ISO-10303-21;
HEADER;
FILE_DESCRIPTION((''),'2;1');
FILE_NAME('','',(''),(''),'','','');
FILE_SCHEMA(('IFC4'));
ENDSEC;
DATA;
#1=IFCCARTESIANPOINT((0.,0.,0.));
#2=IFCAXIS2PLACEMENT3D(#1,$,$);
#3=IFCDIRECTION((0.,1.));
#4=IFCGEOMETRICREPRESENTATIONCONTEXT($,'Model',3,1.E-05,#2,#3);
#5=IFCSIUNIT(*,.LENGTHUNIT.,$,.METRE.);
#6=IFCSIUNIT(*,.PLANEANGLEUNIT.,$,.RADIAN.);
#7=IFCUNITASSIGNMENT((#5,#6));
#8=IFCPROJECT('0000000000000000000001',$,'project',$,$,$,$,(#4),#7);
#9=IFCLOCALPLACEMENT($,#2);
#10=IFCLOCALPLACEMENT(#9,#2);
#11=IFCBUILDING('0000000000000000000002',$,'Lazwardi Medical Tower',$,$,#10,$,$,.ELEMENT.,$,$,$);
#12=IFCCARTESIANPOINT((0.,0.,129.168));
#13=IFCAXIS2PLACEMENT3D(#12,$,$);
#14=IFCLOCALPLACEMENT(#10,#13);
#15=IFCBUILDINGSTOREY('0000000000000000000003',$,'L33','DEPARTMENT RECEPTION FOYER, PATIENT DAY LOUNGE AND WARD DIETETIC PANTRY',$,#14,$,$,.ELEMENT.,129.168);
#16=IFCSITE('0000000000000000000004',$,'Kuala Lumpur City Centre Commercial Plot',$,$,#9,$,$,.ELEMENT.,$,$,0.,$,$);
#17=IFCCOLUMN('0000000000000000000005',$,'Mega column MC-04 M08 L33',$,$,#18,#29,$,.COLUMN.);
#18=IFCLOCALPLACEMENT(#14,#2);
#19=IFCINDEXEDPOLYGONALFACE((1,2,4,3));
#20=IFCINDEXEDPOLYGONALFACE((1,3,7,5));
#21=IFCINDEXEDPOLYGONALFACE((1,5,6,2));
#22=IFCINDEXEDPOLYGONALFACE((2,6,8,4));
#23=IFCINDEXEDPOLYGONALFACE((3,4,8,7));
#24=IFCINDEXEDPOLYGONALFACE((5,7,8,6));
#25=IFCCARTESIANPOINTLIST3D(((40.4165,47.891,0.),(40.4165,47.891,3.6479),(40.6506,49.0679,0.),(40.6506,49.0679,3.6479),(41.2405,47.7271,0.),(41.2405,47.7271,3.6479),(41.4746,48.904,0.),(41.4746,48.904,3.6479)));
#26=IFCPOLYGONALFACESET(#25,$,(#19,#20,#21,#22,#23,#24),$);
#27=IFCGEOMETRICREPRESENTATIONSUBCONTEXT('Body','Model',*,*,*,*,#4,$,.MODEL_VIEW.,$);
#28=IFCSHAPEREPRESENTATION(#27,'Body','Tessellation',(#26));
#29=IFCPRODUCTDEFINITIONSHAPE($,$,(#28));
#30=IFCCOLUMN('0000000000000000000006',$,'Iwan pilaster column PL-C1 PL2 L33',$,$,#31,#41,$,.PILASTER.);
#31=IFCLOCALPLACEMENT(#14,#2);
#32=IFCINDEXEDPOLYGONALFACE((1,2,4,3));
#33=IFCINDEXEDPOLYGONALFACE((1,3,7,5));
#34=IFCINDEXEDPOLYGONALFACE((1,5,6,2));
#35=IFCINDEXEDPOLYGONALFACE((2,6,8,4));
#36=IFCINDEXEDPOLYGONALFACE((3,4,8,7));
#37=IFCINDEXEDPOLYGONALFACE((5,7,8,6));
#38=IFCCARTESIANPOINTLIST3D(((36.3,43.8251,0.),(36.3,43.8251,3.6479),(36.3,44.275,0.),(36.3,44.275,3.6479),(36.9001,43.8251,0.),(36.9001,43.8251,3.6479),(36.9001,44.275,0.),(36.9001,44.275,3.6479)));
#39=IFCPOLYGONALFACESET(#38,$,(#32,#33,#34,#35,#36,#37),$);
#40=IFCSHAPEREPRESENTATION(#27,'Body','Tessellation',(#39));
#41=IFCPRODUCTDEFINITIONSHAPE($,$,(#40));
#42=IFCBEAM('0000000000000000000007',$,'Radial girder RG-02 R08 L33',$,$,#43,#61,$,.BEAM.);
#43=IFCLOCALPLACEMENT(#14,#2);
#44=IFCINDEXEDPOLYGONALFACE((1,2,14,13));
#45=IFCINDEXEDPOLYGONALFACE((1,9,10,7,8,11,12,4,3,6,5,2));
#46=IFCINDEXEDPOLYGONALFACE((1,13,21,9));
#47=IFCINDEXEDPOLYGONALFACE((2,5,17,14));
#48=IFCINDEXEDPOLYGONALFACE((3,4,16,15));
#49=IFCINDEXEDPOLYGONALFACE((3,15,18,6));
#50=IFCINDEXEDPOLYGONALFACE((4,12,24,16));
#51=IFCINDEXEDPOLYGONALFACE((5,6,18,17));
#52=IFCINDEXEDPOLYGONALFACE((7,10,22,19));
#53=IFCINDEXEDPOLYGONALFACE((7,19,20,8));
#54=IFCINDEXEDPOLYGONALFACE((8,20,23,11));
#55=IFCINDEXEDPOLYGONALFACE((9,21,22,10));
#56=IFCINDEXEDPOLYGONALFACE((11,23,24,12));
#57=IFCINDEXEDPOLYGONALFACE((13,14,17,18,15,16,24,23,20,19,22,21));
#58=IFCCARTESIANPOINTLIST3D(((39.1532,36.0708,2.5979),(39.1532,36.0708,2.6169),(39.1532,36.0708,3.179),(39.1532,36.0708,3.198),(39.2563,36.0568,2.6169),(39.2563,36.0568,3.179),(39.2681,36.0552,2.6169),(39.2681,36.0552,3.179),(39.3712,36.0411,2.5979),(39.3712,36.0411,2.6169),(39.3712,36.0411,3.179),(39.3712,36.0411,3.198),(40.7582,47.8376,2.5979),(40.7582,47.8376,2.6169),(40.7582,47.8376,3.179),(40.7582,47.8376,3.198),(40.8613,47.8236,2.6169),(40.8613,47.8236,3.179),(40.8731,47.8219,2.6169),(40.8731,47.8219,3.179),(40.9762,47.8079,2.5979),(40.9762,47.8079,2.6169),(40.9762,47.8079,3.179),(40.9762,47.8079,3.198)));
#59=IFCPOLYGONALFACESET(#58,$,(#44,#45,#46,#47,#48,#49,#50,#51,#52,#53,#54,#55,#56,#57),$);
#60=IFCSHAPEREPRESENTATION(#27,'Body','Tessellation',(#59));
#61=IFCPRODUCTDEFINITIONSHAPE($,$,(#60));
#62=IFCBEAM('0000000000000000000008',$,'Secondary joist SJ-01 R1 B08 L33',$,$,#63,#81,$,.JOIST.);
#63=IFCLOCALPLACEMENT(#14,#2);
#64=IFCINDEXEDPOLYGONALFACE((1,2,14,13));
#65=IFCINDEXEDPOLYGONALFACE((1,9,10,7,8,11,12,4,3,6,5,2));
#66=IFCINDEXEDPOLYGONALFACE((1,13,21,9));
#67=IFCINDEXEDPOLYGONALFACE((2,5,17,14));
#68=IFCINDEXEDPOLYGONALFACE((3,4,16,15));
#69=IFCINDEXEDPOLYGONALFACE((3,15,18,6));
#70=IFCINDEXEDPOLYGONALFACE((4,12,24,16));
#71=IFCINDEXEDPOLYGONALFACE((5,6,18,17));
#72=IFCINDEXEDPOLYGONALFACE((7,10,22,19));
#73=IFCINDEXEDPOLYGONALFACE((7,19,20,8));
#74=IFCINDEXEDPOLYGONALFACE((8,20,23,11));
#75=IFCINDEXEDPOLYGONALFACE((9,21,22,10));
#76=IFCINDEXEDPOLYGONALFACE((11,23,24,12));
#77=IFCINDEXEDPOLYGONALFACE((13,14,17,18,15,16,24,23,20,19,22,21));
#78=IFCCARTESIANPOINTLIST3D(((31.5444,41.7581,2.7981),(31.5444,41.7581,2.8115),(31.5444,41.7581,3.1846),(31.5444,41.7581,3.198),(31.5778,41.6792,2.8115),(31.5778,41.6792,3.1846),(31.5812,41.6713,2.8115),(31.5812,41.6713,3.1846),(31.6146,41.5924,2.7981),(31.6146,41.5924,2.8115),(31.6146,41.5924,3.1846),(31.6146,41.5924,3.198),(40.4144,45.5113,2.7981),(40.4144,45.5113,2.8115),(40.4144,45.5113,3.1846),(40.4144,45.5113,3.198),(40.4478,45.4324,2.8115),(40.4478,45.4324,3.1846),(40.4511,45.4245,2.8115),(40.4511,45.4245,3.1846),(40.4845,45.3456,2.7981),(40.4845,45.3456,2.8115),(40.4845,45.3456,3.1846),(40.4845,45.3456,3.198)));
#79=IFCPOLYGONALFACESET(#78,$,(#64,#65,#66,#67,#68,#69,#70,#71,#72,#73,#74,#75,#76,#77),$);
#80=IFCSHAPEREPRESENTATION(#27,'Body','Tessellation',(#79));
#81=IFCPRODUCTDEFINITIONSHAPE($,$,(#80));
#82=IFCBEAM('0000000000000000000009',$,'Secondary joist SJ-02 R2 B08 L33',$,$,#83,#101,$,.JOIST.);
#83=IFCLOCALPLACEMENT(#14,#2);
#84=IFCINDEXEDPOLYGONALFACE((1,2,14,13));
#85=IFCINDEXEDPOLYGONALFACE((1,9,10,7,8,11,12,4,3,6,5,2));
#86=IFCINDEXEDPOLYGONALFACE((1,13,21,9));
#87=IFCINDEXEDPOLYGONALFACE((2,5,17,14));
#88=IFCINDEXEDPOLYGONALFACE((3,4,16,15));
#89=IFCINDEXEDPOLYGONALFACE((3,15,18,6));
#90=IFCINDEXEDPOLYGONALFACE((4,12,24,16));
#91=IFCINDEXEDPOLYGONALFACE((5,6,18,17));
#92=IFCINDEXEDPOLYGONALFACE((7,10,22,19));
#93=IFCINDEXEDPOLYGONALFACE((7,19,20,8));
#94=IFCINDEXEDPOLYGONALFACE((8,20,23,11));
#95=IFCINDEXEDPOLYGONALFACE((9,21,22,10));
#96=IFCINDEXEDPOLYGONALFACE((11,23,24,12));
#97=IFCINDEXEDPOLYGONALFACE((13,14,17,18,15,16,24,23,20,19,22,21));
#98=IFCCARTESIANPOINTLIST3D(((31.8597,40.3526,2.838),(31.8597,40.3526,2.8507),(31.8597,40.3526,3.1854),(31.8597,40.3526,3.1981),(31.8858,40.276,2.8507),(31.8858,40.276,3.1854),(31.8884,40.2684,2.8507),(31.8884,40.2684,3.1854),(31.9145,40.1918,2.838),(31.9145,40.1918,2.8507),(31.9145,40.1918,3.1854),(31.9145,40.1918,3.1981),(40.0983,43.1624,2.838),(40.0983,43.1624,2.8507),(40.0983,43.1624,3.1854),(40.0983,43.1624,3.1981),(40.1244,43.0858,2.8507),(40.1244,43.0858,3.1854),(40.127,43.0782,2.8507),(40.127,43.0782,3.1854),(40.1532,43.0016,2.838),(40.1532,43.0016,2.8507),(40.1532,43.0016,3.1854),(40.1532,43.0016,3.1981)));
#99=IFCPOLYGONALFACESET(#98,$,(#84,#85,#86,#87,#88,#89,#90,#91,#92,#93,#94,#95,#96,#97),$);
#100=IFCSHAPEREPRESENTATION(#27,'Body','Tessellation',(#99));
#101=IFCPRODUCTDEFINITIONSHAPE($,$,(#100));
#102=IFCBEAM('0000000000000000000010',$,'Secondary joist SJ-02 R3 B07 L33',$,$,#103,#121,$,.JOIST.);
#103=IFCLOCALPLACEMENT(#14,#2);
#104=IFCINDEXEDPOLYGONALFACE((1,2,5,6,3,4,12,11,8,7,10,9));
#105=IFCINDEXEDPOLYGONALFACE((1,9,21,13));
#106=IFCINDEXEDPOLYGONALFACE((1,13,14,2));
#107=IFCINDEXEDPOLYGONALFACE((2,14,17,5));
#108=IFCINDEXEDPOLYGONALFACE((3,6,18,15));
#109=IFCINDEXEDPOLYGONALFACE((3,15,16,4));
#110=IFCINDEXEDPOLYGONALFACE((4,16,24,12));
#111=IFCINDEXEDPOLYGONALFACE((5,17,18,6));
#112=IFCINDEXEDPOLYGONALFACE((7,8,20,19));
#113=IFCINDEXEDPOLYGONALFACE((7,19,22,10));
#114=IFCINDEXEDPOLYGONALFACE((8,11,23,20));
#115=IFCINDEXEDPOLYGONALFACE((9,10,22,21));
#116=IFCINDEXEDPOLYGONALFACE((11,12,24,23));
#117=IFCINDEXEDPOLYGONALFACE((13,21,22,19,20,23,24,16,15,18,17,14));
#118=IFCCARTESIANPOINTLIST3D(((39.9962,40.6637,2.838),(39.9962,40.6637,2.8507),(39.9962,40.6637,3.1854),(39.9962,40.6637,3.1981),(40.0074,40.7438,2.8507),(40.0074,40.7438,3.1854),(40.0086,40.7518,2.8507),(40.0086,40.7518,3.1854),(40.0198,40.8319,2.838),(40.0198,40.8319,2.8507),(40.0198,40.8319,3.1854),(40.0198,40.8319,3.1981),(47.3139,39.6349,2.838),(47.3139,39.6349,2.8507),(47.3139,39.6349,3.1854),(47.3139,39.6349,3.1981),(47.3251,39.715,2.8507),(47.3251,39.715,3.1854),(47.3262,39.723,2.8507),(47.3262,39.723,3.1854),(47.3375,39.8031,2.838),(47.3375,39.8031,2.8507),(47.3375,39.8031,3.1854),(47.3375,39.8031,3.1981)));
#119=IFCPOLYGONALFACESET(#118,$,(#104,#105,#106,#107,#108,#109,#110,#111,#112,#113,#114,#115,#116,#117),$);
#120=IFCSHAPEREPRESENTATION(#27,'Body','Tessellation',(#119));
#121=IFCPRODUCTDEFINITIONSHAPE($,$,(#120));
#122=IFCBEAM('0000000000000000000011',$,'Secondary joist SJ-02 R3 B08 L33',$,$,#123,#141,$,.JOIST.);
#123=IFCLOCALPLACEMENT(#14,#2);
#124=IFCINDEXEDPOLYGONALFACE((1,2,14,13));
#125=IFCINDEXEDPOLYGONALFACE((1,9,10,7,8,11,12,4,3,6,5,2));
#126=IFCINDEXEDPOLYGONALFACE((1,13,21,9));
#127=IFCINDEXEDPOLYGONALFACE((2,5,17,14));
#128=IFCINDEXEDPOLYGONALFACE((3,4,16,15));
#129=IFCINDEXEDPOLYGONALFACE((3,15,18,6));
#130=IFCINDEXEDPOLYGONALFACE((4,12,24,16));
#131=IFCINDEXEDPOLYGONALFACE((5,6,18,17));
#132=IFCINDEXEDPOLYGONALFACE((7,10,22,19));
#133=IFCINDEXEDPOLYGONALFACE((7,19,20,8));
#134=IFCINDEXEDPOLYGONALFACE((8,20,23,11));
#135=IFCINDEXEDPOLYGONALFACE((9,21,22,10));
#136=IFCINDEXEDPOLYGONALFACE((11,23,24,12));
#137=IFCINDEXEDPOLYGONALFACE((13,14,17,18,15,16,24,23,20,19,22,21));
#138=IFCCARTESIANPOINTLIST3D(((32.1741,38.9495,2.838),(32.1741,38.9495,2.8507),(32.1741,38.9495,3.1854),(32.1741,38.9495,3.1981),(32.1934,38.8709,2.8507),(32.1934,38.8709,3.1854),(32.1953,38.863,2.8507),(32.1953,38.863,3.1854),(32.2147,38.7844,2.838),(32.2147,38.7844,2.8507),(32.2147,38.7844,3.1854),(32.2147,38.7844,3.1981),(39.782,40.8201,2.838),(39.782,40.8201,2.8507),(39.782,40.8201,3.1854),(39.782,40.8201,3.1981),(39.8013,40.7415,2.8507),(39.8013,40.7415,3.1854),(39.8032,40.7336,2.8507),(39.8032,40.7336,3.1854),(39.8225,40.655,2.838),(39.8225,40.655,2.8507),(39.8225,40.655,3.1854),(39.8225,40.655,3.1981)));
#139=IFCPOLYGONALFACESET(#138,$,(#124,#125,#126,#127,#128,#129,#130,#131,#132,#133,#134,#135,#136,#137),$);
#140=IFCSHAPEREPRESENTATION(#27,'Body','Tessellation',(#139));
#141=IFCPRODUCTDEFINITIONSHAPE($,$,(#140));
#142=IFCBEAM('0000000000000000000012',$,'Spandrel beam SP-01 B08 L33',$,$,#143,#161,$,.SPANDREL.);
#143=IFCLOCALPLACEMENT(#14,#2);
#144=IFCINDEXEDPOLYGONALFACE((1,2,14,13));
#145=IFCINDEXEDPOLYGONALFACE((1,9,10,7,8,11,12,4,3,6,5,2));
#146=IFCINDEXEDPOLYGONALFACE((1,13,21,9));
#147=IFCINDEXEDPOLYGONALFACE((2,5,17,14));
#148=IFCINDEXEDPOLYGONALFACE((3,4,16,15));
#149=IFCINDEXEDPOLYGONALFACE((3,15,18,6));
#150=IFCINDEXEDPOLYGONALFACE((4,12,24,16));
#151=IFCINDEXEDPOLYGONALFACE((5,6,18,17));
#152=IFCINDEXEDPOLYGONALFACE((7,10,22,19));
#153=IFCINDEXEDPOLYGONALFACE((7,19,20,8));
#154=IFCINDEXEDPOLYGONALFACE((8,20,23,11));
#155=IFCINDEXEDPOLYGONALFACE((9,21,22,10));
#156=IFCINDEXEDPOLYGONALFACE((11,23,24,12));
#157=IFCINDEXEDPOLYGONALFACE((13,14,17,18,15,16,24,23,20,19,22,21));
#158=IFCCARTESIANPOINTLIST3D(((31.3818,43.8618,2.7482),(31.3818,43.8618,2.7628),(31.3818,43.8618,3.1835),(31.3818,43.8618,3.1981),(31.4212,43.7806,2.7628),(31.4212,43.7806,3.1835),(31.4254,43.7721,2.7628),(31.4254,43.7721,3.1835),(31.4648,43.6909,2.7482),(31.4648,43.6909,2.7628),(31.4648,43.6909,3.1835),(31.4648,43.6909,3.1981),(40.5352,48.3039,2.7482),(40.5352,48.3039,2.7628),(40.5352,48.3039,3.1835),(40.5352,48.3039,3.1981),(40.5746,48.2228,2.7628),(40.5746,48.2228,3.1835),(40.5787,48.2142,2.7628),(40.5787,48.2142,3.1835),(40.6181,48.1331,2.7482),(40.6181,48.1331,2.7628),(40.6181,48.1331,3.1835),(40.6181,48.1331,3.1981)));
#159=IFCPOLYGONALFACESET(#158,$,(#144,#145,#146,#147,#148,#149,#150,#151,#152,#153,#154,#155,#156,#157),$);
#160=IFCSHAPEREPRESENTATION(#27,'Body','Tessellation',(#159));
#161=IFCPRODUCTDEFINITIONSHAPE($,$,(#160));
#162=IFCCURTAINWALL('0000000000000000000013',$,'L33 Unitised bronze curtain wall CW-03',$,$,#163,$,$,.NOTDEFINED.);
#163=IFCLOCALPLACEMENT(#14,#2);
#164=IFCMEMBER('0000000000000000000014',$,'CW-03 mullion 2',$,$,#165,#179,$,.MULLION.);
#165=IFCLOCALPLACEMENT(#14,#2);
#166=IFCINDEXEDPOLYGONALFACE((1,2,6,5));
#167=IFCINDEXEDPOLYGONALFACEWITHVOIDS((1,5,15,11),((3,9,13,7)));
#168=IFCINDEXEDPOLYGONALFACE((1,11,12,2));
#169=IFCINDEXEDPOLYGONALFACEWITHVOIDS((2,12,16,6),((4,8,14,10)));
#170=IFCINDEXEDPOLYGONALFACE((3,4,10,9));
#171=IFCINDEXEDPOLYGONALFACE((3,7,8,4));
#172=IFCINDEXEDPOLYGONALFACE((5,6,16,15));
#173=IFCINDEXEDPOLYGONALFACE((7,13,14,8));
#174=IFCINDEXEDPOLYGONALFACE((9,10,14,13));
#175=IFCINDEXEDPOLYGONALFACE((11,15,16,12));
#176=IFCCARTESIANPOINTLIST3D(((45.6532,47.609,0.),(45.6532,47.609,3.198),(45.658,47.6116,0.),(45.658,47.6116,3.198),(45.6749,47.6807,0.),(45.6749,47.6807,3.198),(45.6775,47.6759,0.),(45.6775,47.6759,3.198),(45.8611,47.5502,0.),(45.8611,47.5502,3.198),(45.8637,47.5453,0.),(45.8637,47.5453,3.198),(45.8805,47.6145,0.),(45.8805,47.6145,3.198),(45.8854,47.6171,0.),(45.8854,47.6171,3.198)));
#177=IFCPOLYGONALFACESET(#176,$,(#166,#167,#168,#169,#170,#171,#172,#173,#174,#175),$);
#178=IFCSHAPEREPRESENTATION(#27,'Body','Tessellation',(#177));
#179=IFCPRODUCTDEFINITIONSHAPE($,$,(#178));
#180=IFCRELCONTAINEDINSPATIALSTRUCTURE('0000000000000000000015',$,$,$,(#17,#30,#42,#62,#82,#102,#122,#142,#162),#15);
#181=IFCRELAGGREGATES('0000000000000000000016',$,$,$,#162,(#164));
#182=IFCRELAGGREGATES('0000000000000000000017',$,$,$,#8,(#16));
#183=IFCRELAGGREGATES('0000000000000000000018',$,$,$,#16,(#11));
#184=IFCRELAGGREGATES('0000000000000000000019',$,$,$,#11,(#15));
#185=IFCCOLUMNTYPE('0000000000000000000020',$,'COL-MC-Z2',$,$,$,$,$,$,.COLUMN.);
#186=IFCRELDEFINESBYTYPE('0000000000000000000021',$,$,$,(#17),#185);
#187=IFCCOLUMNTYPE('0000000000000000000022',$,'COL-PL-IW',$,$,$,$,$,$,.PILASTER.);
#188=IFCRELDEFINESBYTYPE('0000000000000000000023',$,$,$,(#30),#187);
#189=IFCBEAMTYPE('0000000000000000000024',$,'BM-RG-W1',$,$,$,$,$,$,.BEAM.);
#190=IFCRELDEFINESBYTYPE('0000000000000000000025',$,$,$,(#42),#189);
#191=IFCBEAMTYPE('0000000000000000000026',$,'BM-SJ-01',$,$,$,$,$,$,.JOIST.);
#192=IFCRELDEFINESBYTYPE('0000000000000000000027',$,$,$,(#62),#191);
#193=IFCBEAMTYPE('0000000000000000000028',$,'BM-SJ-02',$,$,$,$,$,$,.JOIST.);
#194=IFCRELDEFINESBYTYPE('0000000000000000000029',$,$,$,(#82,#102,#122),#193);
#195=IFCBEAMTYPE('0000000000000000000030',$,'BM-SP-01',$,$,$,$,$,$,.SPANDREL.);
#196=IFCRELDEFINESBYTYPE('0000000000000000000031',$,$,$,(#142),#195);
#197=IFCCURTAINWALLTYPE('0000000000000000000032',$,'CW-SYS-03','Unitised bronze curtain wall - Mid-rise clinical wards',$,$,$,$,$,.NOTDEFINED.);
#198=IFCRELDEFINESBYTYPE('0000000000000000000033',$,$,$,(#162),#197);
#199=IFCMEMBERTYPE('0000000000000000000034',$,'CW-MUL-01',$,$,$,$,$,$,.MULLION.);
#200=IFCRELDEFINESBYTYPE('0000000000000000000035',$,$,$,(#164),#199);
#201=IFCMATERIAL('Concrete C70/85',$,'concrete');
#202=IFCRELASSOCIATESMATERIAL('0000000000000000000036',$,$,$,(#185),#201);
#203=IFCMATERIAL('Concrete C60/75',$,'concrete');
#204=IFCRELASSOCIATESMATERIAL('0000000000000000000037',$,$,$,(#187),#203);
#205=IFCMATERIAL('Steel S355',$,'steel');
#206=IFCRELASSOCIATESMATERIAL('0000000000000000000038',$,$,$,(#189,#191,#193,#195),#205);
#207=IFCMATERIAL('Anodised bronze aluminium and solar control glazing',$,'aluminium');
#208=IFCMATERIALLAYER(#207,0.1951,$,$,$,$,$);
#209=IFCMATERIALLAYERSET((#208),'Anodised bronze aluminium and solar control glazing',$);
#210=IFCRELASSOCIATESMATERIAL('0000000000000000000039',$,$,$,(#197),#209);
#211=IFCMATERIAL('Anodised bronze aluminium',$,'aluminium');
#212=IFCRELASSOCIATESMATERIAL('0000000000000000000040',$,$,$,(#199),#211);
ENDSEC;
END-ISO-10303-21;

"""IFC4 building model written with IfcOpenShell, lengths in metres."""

from ifc_helpers import new_model, si_unit, direction, frame, origin, origin_2d, place, context, subcontext, project, spatial, rectangle, hollow_rectangle, i_section, extrude, material, layer, layer_set, material_profile, profile_set, type_object, element, aggregate, save


model = new_model("IFC4")

# Units and contexts
model_context = context("Model", 3, precision=1e-05, world=origin(), true_north=direction((0.0, 1.0)))
body_context = subcontext(model_context, "Body", "Model", "MODEL_VIEW")
ifc_project = project(units=[si_unit("LENGTHUNIT", "METRE"), si_unit("PLANEANGLEUNIT", "RADIAN")], contexts=[model_context])

# Site, building, storey
site_placement = place(None, origin())
site = spatial("IfcSite", under=ifc_project, at=site_placement, Name="Kuala Lumpur City Centre Commercial Plot", CompositionType="ELEMENT", RefElevation=0.0)
building_placement = place(site_placement, origin())
building = spatial("IfcBuilding", under=site, at=building_placement, Name="Lazwardi Medical Tower", CompositionType="ELEMENT")
storey_placement = place(building_placement, frame((0.0, 0.0, 129.168)))
storey = spatial("IfcBuildingStorey", under=building, at=storey_placement, Name="L33", Description="DEPARTMENT RECEPTION FOYER, PATIENT DAY LOUNGE AND WARD DIETETIC PANTRY", CompositionType="ELEMENT", Elevation=129.168)

# Columns
ifc_material_1 = material(Name="Concrete C70/85", Category="concrete")
ifc_material_profile_1 = material_profile(ifc_material_1, rectangle(XDim=1.2, YDim=0.8401, at=origin_2d()), Name="CFT-RECT 1200x840")
ifc_profile_set_1 = profile_set([ifc_material_profile_1], Name="Concrete C70/85")
column_type_1 = type_object("IfcColumnType", Name="COL-MC-Z2", PredefinedType="COLUMN", material=ifc_profile_set_1)
column_1_placement = place(storey_placement, frame((40.9456, 48.3975, 0.0), z_axis=(0.0, 0.0, 1.0), x_axis=(0.19509, 0.980785, 0.0)))
element("IfcColumn", 1, at=column_1_placement, inside=storey, type_object=column_type_1, Name="Mega column MC-04 M08 L33", PredefinedType="COLUMN", context=body_context, shape_type="SweptSolid", body=[
    extrude(rectangle(XDim=1.2, YDim=0.8401, at=origin_2d()), origin(), (0.0, 0.0, 1.0), 3.6479),
])
ifc_material_2 = material(Name="Concrete C60/75", Category="concrete")
ifc_material_profile_2 = material_profile(ifc_material_2, rectangle(XDim=0.6001, YDim=0.45, at=origin_2d()), Name="RC 600x450")
ifc_profile_set_2 = profile_set([ifc_material_profile_2], Name="Concrete C60/75")
column_type_2 = type_object("IfcColumnType", Name="COL-PL-IW", PredefinedType="PILASTER", material=ifc_profile_set_2)
column_2_placement = place(storey_placement, frame((36.6001, 44.05, 0.0), z_axis=(0.0, 0.0, 1.0), x_axis=(1.0, 0.0, 0.0)))
element("IfcColumn", 2, at=column_2_placement, inside=storey, type_object=column_type_2, Name="Iwan pilaster column PL-C1 PL2 L33", PredefinedType="PILASTER", context=body_context, shape_type="SweptSolid", body=[
    extrude(rectangle(XDim=0.6001, YDim=0.45, at=origin_2d()), origin(), (0.0, 0.0, 1.0), 3.6479),
])

# Beams
ifc_material_3 = material(Name="Steel S355", Category="steel")
ifc_material_profile_3 = material_profile(ifc_material_3, i_section(OverallWidth=0.22, OverallDepth=0.6001, WebThickness=0.012, FlangeThickness=0.019, at=origin_2d()), Name="IPE 600")
ifc_profile_set_3 = profile_set([ifc_material_profile_3], Name="Steel S355")
beam_type_1 = type_object("IfcBeamType", Name="BM-RG-W1", PredefinedType="BEAM", material=ifc_profile_set_3)
beam_1_placement = place(storey_placement, frame((40.8672, 47.8228, 2.8979), z_axis=(-0.135147, -0.990826, 0.0), x_axis=(0.990826, -0.135147, 0.0)))
element("IfcBeam", 3, at=beam_1_placement, inside=storey, type_object=beam_type_1, Name="Radial girder RG-02 R08 L33", PredefinedType="BEAM", context=body_context, shape_type="SweptSolid", body=[
    extrude(i_section(OverallWidth=0.22, OverallDepth=0.6001, WebThickness=0.012, FlangeThickness=0.019, at=origin_2d()), origin(), (0.0, 0.0, 1.0), 11.8757),
])
ifc_material_profile_4 = material_profile(ifc_material_3, i_section(OverallWidth=0.1799, OverallDepth=0.3999, WebThickness=0.0085, FlangeThickness=0.0134, at=origin_2d()), Name="IPE 400")
ifc_profile_set_4 = profile_set([ifc_material_profile_4], Name="Steel S355")
beam_type_2 = type_object("IfcBeamType", Name="BM-SJ-01", PredefinedType="JOIST", material=ifc_profile_set_4)
beam_2_placement = place(storey_placement, frame((40.4495, 45.4285, 2.998), z_axis=(-0.920947, -0.389687, 0.0), x_axis=(0.389687, -0.920947, 0.0)))
element("IfcBeam", 4, at=beam_2_placement, inside=storey, type_object=beam_type_2, Name="Secondary joist SJ-01 R1 B08 L33", PredefinedType="JOIST", context=body_context, shape_type="SweptSolid", body=[
    extrude(i_section(OverallWidth=0.1799, OverallDepth=0.3999, WebThickness=0.0085, FlangeThickness=0.0134, at=origin_2d()), origin(), (0.0, 0.0, 1.0), 9.6313),
])
ifc_material_profile_5 = material_profile(ifc_material_3, i_section(OverallWidth=0.1699, OverallDepth=0.3601, WebThickness=0.0081, FlangeThickness=0.0127, at=origin_2d()), Name="IPE 360")
ifc_profile_set_5 = profile_set([ifc_material_profile_5], Name="Steel S355")
beam_type_3 = type_object("IfcBeamType", Name="BM-SJ-02", PredefinedType="JOIST", material=ifc_profile_set_5)
beam_3_placement = place(storey_placement, frame((40.1257, 43.082, 3.0181), z_axis=(-0.946467, -0.3228, 0.0), x_axis=(0.3228, -0.946467, 0.0)))
element("IfcBeam", 5, at=beam_3_placement, inside=storey, type_object=beam_type_3, Name="Secondary joist SJ-02 R2 B08 L33", PredefinedType="JOIST", context=body_context, shape_type="SweptSolid", body=[
    extrude(i_section(OverallWidth=0.1699, OverallDepth=0.3601, WebThickness=0.0081, FlangeThickness=0.0127, at=origin_2d()), origin(), (0.0, 0.0, 1.0), 8.7046),
])
beam_4_placement = place(storey_placement, frame((47.3257, 39.719, 3.0181), z_axis=(-0.990261, 0.139224, 0.0), x_axis=(-0.139224, -0.990261, 0.0)))
element("IfcBeam", 6, at=beam_4_placement, inside=storey, type_object=beam_type_3, Name="Secondary joist SJ-02 R3 B07 L33", PredefinedType="JOIST", context=body_context, shape_type="SweptSolid", body=[
    extrude(i_section(OverallWidth=0.1699, OverallDepth=0.3601, WebThickness=0.0081, FlangeThickness=0.0127, at=origin_2d()), origin(), (0.0, 0.0, 1.0), 7.3896),
])
beam_5_placement = place(storey_placement, frame((39.8022, 40.7375, 3.0181), z_axis=(-0.971077, -0.238765, 0.0), x_axis=(0.238765, -0.971077, 0.0)))
element("IfcBeam", 7, at=beam_5_placement, inside=storey, type_object=beam_type_3, Name="Secondary joist SJ-02 R3 B08 L33", PredefinedType="JOIST", context=body_context, shape_type="SweptSolid", body=[
    extrude(i_section(OverallWidth=0.1699, OverallDepth=0.3601, WebThickness=0.0081, FlangeThickness=0.0127, at=origin_2d()), origin(), (0.0, 0.0, 1.0), 7.8345),
])
ifc_material_profile_6 = material_profile(ifc_material_3, i_section(OverallWidth=0.1899, OverallDepth=0.45, WebThickness=0.0095, FlangeThickness=0.0146, at=origin_2d()), Name="IPE 450")
ifc_profile_set_6 = profile_set([ifc_material_profile_6], Name="Steel S355")
beam_type_4 = type_object("IfcBeamType", Name="BM-SP-01", PredefinedType="SPANDREL", material=ifc_profile_set_6)
beam_6_placement = place(storey_placement, frame((40.5767, 48.2185, 2.9731), z_axis=(-0.899653, -0.436605, 0.0), x_axis=(0.436605, -0.899653, 0.0)))
element("IfcBeam", 8, at=beam_6_placement, inside=storey, type_object=beam_type_4, Name="Spandrel beam SP-01 B08 L33", PredefinedType="SPANDREL", context=body_context, shape_type="SweptSolid", body=[
    extrude(i_section(OverallWidth=0.1899, OverallDepth=0.45, WebThickness=0.0095, FlangeThickness=0.0146, at=origin_2d()), origin(), (0.0, 0.0, 1.0), 10.1743),
])

# Curtain wall, member
ifc_material_4 = material(Name="Anodised bronze aluminium and solar control glazing", Category="aluminium")
ifc_layer_1 = layer(ifc_material_4, 0.1951)
ifc_layer_set_1 = layer_set([ifc_layer_1], Name="Anodised bronze aluminium and solar control glazing")
curtain_wall_type_1 = type_object("IfcCurtainWallType", Name="CW-SYS-03", Description="Unitised bronze curtain wall - Mid-rise clinical wards", PredefinedType="NOTDEFINED", material=ifc_layer_set_1)
curtain_wall_1_placement = place(storey_placement, origin())
curtain_wall_1 = element("IfcCurtainWall", 9, at=curtain_wall_1_placement, inside=storey, type_object=curtain_wall_type_1, Name="L33 Unitised bronze curtain wall CW-03", PredefinedType="NOTDEFINED")
ifc_material_5 = material(Name="Anodised bronze aluminium", Category="aluminium")
ifc_material_profile_7 = material_profile(ifc_material_5, hollow_rectangle(XDim=0.075, YDim=0.22, WallThickness=0.0039, at=origin_2d()), Name="ALU-MULLION 220x75x4")
ifc_profile_set_7 = profile_set([ifc_material_profile_7], Name="Anodised bronze aluminium")
member_type_1 = type_object("IfcMemberType", Name="CW-MUL-01", PredefinedType="MULLION", material=ifc_profile_set_7)
member_1_placement = place(storey_placement, frame((45.7693, 47.613, 0.0), z_axis=(0.0, 0.0, 1.0), x_axis=(-0.289374, -0.957216, 0.0)))
member_1 = element("IfcMember", 10, at=member_1_placement, type_object=member_type_1, Name="CW-03 mullion 2", PredefinedType="MULLION", context=body_context, shape_type="SweptSolid", body=[
    extrude(hollow_rectangle(XDim=0.075, YDim=0.22, WallThickness=0.0039, at=origin_2d()), origin(), (0.0, 0.0, 1.0), 3.198),
])

aggregate(curtain_wall_1, [member_1])

save(model, "model.ifc")
